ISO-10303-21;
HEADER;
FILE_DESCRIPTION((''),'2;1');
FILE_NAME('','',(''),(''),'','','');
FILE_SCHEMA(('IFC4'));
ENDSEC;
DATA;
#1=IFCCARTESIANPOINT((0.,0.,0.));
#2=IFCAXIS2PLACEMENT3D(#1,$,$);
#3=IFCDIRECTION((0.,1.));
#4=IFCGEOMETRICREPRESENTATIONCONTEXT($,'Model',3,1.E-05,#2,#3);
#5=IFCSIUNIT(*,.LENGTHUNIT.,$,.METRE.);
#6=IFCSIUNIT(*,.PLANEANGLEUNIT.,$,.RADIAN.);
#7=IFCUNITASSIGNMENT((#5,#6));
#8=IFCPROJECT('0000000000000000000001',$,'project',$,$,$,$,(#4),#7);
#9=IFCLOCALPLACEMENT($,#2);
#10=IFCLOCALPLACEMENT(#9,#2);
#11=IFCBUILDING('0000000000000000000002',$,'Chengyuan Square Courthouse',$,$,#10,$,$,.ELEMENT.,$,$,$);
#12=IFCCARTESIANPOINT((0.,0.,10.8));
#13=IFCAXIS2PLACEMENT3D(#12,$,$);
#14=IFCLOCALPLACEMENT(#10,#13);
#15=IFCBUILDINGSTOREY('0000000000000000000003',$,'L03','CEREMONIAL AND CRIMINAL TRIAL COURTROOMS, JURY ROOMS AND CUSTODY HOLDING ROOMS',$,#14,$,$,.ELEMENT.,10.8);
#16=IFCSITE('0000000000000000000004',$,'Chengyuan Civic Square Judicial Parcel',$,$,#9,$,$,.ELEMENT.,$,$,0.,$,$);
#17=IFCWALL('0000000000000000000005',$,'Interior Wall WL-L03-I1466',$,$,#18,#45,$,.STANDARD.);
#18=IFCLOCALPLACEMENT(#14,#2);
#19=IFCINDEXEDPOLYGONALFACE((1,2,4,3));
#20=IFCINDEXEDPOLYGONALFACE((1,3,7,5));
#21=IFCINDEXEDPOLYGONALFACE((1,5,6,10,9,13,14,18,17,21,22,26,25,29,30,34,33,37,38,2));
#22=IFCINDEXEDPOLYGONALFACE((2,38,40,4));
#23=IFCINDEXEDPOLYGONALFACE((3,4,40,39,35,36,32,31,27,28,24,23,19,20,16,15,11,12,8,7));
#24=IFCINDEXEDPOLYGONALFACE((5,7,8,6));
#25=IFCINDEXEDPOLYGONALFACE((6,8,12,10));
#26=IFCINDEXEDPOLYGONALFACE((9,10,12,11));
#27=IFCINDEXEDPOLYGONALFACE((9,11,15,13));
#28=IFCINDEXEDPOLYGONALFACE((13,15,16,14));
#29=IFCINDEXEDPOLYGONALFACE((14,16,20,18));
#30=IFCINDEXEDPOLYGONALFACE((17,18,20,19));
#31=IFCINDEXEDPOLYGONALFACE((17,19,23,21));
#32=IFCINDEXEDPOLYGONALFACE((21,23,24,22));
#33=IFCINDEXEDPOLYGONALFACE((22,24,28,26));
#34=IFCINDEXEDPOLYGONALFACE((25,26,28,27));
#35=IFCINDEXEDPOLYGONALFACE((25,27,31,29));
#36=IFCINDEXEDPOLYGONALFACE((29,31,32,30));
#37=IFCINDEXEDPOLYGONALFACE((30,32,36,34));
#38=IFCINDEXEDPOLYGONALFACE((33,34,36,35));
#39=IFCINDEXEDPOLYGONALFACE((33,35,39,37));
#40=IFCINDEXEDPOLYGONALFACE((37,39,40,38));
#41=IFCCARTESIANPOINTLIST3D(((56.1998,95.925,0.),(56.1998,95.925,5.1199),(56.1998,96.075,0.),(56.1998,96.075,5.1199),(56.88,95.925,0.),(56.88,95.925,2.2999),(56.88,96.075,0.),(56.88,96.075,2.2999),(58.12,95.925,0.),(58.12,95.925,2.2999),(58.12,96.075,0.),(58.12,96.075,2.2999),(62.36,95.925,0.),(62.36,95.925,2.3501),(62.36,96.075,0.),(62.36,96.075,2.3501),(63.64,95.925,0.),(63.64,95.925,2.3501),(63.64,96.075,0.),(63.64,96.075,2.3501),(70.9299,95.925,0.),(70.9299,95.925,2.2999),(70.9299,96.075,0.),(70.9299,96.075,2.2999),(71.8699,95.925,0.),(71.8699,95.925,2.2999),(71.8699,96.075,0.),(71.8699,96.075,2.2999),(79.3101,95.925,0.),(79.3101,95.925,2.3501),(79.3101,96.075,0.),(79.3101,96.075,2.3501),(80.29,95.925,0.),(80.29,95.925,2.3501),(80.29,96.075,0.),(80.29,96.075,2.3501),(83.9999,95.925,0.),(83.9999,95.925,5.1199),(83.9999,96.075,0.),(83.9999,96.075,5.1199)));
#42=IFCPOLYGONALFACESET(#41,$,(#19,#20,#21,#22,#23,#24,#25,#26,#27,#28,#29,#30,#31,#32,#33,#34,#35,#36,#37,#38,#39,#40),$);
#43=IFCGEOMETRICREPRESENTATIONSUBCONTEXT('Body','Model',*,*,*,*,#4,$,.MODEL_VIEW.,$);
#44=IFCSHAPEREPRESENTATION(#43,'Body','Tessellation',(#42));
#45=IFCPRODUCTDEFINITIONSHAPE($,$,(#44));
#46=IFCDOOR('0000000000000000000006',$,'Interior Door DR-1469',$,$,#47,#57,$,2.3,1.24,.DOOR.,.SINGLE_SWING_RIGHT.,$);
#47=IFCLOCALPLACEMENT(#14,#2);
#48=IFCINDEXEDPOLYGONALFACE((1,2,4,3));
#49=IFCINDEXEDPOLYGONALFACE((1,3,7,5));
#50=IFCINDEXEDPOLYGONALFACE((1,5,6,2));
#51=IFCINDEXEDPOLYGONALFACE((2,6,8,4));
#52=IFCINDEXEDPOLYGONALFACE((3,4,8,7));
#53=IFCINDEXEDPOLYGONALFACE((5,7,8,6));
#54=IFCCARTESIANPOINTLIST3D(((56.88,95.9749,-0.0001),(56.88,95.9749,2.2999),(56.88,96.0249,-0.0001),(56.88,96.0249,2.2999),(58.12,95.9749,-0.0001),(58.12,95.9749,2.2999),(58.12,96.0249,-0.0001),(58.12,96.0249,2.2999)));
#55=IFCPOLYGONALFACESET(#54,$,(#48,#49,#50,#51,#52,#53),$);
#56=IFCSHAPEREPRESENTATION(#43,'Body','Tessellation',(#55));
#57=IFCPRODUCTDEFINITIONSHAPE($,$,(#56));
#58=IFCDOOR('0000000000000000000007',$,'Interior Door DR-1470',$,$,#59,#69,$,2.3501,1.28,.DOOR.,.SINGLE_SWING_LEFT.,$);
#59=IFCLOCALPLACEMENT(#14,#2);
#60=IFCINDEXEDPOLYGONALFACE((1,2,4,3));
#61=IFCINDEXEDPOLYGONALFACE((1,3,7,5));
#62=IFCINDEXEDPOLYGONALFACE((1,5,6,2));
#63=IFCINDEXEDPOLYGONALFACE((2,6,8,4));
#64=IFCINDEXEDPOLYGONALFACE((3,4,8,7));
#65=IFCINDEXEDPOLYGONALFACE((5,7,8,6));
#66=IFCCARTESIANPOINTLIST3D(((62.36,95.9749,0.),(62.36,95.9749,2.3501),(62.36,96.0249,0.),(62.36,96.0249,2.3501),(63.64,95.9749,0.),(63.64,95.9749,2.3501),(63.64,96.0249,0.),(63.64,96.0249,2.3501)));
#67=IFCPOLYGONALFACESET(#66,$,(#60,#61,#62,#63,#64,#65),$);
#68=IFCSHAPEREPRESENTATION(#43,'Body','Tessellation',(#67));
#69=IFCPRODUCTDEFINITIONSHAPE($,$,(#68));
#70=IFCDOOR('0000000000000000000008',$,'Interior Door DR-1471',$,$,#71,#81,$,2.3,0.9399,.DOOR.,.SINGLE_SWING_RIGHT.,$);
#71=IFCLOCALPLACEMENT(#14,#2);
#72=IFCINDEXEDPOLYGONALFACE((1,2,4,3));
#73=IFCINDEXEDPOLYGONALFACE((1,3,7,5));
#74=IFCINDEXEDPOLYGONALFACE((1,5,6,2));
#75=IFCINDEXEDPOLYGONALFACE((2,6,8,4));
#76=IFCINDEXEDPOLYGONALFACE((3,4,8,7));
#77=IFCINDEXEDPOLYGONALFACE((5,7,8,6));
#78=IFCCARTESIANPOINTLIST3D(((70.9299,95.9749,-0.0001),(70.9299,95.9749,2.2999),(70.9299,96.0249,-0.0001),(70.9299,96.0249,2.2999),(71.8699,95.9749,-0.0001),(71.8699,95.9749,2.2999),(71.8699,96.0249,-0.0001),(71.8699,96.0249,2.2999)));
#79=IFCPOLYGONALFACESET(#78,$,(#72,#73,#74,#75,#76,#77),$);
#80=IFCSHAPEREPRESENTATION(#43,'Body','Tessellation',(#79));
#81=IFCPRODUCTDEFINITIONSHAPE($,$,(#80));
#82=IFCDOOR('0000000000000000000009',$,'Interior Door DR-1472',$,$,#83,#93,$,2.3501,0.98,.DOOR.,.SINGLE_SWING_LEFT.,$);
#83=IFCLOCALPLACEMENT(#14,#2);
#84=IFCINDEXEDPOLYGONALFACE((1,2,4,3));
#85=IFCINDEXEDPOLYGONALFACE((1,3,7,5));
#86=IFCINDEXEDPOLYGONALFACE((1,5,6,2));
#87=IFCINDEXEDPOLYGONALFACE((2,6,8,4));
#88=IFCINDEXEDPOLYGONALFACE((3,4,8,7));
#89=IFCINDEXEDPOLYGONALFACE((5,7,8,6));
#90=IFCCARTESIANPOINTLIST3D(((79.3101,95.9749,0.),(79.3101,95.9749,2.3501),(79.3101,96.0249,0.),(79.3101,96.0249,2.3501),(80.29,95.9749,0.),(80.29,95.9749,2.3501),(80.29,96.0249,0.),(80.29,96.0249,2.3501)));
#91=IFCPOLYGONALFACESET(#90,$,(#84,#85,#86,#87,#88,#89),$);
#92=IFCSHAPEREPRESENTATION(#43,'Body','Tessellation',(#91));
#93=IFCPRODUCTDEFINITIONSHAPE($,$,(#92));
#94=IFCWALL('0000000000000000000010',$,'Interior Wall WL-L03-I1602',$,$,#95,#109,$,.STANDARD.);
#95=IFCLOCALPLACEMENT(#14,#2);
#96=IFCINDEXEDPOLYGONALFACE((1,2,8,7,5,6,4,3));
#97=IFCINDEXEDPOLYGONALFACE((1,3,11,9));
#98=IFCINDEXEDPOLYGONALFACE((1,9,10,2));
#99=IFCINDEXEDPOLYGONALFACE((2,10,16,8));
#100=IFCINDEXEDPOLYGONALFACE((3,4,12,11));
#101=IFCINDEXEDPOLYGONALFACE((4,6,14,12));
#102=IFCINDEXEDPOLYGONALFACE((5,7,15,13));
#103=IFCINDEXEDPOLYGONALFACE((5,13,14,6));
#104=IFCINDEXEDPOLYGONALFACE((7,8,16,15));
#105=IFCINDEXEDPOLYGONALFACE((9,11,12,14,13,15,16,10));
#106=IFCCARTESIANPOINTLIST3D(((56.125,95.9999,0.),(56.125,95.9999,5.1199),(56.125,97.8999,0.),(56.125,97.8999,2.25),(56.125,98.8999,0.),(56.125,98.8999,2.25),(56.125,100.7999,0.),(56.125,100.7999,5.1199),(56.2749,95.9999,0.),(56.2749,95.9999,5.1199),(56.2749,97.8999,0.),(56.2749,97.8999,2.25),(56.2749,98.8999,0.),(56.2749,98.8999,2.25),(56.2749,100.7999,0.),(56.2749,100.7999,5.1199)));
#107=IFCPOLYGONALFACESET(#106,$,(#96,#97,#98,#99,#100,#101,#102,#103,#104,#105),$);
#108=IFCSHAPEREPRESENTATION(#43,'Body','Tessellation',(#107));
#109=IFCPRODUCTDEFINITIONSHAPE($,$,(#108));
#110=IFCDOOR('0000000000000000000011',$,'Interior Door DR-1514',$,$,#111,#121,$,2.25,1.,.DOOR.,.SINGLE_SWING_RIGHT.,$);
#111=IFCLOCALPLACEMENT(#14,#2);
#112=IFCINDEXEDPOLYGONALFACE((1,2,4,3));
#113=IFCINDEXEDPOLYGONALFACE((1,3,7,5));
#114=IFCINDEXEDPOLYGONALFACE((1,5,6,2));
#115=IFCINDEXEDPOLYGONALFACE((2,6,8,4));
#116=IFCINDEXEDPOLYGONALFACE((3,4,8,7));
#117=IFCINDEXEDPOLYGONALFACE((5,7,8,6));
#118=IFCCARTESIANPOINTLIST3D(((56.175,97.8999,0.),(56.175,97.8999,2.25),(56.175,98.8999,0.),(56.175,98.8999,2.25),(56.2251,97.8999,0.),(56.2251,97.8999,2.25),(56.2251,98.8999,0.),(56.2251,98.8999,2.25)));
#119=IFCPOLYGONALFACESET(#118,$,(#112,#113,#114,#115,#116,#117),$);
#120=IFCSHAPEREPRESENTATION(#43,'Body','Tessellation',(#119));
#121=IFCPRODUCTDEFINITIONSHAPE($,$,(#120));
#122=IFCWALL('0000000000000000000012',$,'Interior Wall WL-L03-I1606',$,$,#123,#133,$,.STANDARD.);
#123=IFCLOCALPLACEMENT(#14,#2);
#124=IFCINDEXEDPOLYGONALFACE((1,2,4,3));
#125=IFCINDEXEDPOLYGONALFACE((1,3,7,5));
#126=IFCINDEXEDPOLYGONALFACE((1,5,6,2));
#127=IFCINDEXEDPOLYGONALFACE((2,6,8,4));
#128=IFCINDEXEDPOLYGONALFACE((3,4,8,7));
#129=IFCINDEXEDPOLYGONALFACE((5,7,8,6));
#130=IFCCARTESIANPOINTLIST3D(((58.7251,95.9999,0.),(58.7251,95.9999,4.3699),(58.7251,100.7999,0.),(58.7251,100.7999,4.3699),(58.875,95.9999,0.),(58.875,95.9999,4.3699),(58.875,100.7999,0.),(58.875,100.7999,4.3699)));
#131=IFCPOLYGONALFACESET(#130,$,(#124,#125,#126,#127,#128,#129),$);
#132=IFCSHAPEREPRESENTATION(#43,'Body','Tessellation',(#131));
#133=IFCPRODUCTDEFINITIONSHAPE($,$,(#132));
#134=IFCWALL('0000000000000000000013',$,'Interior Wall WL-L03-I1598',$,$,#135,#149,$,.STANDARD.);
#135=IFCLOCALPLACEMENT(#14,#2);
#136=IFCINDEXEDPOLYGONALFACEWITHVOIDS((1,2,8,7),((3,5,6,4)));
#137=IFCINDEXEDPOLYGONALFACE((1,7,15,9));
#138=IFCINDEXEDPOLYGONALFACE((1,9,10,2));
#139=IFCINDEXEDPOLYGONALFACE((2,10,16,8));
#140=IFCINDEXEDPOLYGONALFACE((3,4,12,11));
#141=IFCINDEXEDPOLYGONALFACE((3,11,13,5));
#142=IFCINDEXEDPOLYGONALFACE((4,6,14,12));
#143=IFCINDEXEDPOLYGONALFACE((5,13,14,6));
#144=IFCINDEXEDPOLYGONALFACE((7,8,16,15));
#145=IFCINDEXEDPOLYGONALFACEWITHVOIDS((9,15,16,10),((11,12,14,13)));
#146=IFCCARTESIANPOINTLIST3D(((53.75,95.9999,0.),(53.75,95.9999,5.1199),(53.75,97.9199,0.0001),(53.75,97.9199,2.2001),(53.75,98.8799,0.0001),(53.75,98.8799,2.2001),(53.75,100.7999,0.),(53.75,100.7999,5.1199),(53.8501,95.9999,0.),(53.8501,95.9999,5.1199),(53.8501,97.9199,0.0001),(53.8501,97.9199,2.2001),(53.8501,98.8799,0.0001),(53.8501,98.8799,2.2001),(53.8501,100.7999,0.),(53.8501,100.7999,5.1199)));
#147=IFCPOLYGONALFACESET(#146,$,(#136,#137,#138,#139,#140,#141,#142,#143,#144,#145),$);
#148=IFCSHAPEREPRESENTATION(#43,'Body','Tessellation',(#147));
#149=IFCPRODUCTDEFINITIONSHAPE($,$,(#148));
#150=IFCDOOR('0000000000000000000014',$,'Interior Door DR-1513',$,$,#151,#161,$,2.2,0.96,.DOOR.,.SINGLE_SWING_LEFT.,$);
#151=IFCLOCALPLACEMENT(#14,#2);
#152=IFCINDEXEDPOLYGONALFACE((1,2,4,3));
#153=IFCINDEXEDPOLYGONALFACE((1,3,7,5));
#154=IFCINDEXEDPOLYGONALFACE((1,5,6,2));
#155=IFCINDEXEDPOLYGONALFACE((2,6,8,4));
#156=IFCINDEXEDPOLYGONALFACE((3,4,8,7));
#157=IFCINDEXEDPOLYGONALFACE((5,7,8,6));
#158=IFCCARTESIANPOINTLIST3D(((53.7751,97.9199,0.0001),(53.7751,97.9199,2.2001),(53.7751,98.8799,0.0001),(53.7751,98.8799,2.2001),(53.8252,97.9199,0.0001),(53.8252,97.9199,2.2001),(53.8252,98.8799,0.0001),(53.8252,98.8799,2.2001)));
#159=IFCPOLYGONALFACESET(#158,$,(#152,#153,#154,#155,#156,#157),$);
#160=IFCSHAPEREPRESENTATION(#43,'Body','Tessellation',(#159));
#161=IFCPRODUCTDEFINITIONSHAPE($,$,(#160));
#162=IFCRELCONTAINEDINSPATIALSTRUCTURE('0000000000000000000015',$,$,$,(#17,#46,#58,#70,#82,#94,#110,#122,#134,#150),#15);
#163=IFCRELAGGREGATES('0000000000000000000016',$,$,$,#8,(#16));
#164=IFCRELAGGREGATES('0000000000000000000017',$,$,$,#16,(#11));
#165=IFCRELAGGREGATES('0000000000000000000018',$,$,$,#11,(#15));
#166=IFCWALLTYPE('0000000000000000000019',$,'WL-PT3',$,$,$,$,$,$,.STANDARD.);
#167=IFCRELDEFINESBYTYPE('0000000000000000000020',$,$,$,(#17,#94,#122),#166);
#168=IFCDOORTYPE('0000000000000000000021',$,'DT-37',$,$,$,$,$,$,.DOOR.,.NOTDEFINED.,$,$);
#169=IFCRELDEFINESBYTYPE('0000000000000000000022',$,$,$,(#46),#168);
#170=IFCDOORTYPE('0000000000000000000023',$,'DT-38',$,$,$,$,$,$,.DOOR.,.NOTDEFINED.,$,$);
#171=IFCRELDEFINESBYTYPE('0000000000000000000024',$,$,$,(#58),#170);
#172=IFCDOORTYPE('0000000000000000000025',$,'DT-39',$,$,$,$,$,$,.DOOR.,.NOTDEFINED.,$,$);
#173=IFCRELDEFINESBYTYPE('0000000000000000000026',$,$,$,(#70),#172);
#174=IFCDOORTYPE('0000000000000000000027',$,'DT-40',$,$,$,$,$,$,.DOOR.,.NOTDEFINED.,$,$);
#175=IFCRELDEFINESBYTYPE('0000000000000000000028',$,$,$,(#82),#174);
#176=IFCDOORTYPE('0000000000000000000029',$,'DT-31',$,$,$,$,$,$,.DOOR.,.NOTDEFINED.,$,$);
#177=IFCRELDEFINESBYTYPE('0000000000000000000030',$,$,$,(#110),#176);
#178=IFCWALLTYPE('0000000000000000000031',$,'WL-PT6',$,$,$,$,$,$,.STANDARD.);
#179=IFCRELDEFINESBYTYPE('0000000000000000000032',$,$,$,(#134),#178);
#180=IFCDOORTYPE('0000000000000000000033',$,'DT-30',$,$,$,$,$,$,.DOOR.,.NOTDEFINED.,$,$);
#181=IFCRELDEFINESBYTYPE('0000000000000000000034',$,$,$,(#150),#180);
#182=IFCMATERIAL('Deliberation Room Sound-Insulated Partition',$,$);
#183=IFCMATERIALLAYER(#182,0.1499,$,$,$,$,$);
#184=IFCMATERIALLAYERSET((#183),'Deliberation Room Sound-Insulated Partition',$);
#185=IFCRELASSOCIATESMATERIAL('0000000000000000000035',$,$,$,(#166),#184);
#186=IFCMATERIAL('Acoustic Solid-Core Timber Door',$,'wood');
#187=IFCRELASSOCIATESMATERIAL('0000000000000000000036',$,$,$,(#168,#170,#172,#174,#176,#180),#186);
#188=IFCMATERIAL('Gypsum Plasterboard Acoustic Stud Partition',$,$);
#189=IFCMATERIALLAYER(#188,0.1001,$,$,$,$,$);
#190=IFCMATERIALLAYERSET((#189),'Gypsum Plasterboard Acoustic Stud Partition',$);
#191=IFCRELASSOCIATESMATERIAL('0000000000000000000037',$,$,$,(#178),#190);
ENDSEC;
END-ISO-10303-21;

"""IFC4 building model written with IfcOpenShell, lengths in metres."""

from ifc_helpers import new_model, si_unit, direction, frame, frame_2d, origin, place, context, subcontext, project, spatial, rectangle, extrude, material, layer, layer_set, type_object, element, fill, save


model = new_model("IFC4")

# Units and contexts
model_context = context("Model", 3, precision=1e-05, world=origin(), true_north=direction((0.0, 1.0)))
body_context = subcontext(model_context, "Body", "Model", "MODEL_VIEW")
ifc_project = project(units=[si_unit("LENGTHUNIT", "METRE"), si_unit("PLANEANGLEUNIT", "RADIAN")], contexts=[model_context])

# Site, building, storey
site_placement = place(None, origin())
site = spatial("IfcSite", under=ifc_project, at=site_placement, Name="Chengyuan Civic Square Judicial Parcel", CompositionType="ELEMENT", RefElevation=0.0)
building_placement = place(site_placement, origin())
building = spatial("IfcBuilding", under=site, at=building_placement, Name="Chengyuan Square Courthouse", CompositionType="ELEMENT")
storey_placement = place(building_placement, frame((0.0, 0.0, 10.8)))
storey = spatial("IfcBuildingStorey", under=building, at=storey_placement, Name="L03", Description="CEREMONIAL AND CRIMINAL TRIAL COURTROOMS, JURY ROOMS AND CUSTODY HOLDING ROOMS", CompositionType="ELEMENT", Elevation=10.8)

# Wall, openings, doors
ifc_material_1 = material(Name="Deliberation Room Sound-Insulated Partition")
ifc_layer_1 = layer(ifc_material_1, 0.1499)
ifc_layer_set_1 = layer_set([ifc_layer_1], Name="Deliberation Room Sound-Insulated Partition")
wall_type_1 = type_object("IfcWallType", Name="WL-PT3", PredefinedType="STANDARD", material=ifc_layer_set_1)
wall_1_placement = place(storey_placement, frame((56.2, 96.0, 0.0), z_axis=(0.0, 0.0, 1.0), x_axis=(1.0, 0.0, 0.0)))
wall_1 = element("IfcWall", 1, at=wall_1_placement, inside=storey, type_object=wall_type_1, Name="Interior Wall WL-L03-I1466", PredefinedType="STANDARD", context=body_context, shape_type="SweptSolid", body=[
    extrude(rectangle(XDim=27.8, YDim=0.1499, at=frame_2d((13.8999, 0.0))), origin(), (0.0, 0.0, 1.0), 5.1199),
])
opening_1_placement = place(wall_1_placement, frame((0.6799, 0.0, 0.0)))
opening_1 = element("IfcOpeningElement", 2, at=opening_1_placement, cuts=wall_1, PredefinedType="OPENING", context=body_context, shape_type="SweptSolid", body=[
    extrude(rectangle(XDim=1.24, YDim=2.3, at=frame_2d((0.6201, 1.1499))), frame((0.0, 0.0869, 0.0), z_axis=(0.0, -1.0, 0.0), x_axis=(1.0, 0.0, 0.0)), (0.0, 0.0, 1.0), 0.1738),
])
opening_2_placement = place(wall_1_placement, frame((6.1599, 0.0, 0.0)))
opening_2 = element("IfcOpeningElement", 3, at=opening_2_placement, cuts=wall_1, PredefinedType="OPENING", context=body_context, shape_type="SweptSolid", body=[
    extrude(rectangle(XDim=1.28, YDim=2.3501, at=frame_2d((0.6401, 1.175))), frame((0.0, 0.0869, 0.0), z_axis=(0.0, -1.0, 0.0), x_axis=(1.0, 0.0, 0.0)), (0.0, 0.0, 1.0), 0.1738),
])
opening_3_placement = place(wall_1_placement, frame((14.73, 0.0, 0.0)))
opening_3 = element("IfcOpeningElement", 4, at=opening_3_placement, cuts=wall_1, PredefinedType="OPENING", context=body_context, shape_type="SweptSolid", body=[
    extrude(rectangle(XDim=0.9399, YDim=2.3, at=frame_2d((0.47, 1.1499))), frame((0.0, 0.0869, 0.0), z_axis=(0.0, -1.0, 0.0), x_axis=(1.0, 0.0, 0.0)), (0.0, 0.0, 1.0), 0.1738),
])
opening_4_placement = place(wall_1_placement, frame((23.1101, 0.0, 0.0)))
opening_4 = element("IfcOpeningElement", 5, at=opening_4_placement, cuts=wall_1, PredefinedType="OPENING", context=body_context, shape_type="SweptSolid", body=[
    extrude(rectangle(XDim=0.98, YDim=2.3501, at=frame_2d((0.49, 1.175))), frame((0.0, 0.0869, 0.0), z_axis=(0.0, -1.0, 0.0), x_axis=(1.0, 0.0, 0.0)), (0.0, 0.0, 1.0), 0.1738),
])
ifc_material_2 = material(Name="Acoustic Solid-Core Timber Door", Category="wood")
door_type_1 = type_object("IfcDoorType", Name="DT-37", OperationType="NOTDEFINED", PredefinedType="DOOR", material=ifc_material_2)
door_1_placement = place(opening_1_placement, origin())
door_1 = element("IfcDoor", 6, at=door_1_placement, inside=storey, type_object=door_type_1, Name="Interior Door DR-1469", OperationType="SINGLE_SWING_RIGHT", OverallHeight=2.3, OverallWidth=1.24, PredefinedType="DOOR", context=body_context, shape_type="SweptSolid", body=[
    extrude(rectangle(XDim=1.24, YDim=2.3, at=frame_2d((0.6201, 1.1499))), frame((0.0, 0.0249, 0.0), z_axis=(0.0, -1.0, 0.0), x_axis=(1.0, 0.0, 0.0)), (0.0, 0.0, 1.0), 0.05),
])
fill(opening_1, door_1)
door_type_2 = type_object("IfcDoorType", Name="DT-38", OperationType="NOTDEFINED", PredefinedType="DOOR", material=ifc_material_2)
door_2_placement = place(opening_2_placement, origin())
door_2 = element("IfcDoor", 7, at=door_2_placement, inside=storey, type_object=door_type_2, Name="Interior Door DR-1470", OperationType="SINGLE_SWING_LEFT", OverallHeight=2.3501, OverallWidth=1.28, PredefinedType="DOOR", context=body_context, shape_type="SweptSolid", body=[
    extrude(rectangle(XDim=1.28, YDim=2.3501, at=frame_2d((0.6401, 1.175))), frame((0.0, 0.0249, 0.0), z_axis=(0.0, -1.0, 0.0), x_axis=(1.0, 0.0, 0.0)), (0.0, 0.0, 1.0), 0.05),
])
fill(opening_2, door_2)
door_type_3 = type_object("IfcDoorType", Name="DT-39", OperationType="NOTDEFINED", PredefinedType="DOOR", material=ifc_material_2)
door_3_placement = place(opening_3_placement, origin())
door_3 = element("IfcDoor", 8, at=door_3_placement, inside=storey, type_object=door_type_3, Name="Interior Door DR-1471", OperationType="SINGLE_SWING_RIGHT", OverallHeight=2.3, OverallWidth=0.9399, PredefinedType="DOOR", context=body_context, shape_type="SweptSolid", body=[
    extrude(rectangle(XDim=0.9399, YDim=2.3, at=frame_2d((0.47, 1.1499))), frame((0.0, 0.0249, 0.0), z_axis=(0.0, -1.0, 0.0), x_axis=(1.0, 0.0, 0.0)), (0.0, 0.0, 1.0), 0.05),
])
fill(opening_3, door_3)
door_type_4 = type_object("IfcDoorType", Name="DT-40", OperationType="NOTDEFINED", PredefinedType="DOOR", material=ifc_material_2)
door_4_placement = place(opening_4_placement, origin())
door_4 = element("IfcDoor", 9, at=door_4_placement, inside=storey, type_object=door_type_4, Name="Interior Door DR-1472", OperationType="SINGLE_SWING_LEFT", OverallHeight=2.3501, OverallWidth=0.98, PredefinedType="DOOR", context=body_context, shape_type="SweptSolid", body=[
    extrude(rectangle(XDim=0.98, YDim=2.3501, at=frame_2d((0.49, 1.175))), frame((0.0, 0.0249, 0.0), z_axis=(0.0, -1.0, 0.0), x_axis=(1.0, 0.0, 0.0)), (0.0, 0.0, 1.0), 0.05),
])
fill(opening_4, door_4)

# Wall, opening, door
wall_2_placement = place(storey_placement, frame((56.2, 96.0, 0.0), z_axis=(0.0, 0.0, 1.0), x_axis=(0.0, 1.0, 0.0)))
wall_2 = element("IfcWall", 10, at=wall_2_placement, inside=storey, type_object=wall_type_1, Name="Interior Wall WL-L03-I1602", PredefinedType="STANDARD", context=body_context, shape_type="SweptSolid", body=[
    extrude(rectangle(XDim=4.8, YDim=0.1499, at=frame_2d((2.3999, 0.0))), origin(), (0.0, 0.0, 1.0), 5.1199),
])
opening_5_placement = place(wall_2_placement, frame((1.8999, 0.0, 0.0)))
opening_5 = element("IfcOpeningElement", 11, at=opening_5_placement, cuts=wall_2, PredefinedType="OPENING", context=body_context, shape_type="SweptSolid", body=[
    extrude(rectangle(XDim=1.0, YDim=2.25, at=frame_2d((0.5, 1.125))), frame((0.0, 0.0869, 0.0), z_axis=(0.0, -1.0, 0.0), x_axis=(1.0, 0.0, 0.0)), (0.0, 0.0, 1.0), 0.1738),
])
door_type_5 = type_object("IfcDoorType", Name="DT-31", OperationType="NOTDEFINED", PredefinedType="DOOR", material=ifc_material_2)
door_5_placement = place(opening_5_placement, origin())
door_5 = element("IfcDoor", 12, at=door_5_placement, inside=storey, type_object=door_type_5, Name="Interior Door DR-1514", OperationType="SINGLE_SWING_RIGHT", OverallHeight=2.25, OverallWidth=1.0, PredefinedType="DOOR", context=body_context, shape_type="SweptSolid", body=[
    extrude(rectangle(XDim=1.0, YDim=2.25, at=frame_2d((0.5, 1.125))), frame((0.0, 0.0249, 0.0), z_axis=(0.0, -1.0, 0.0), x_axis=(1.0, 0.0, 0.0)), (0.0, 0.0, 1.0), 0.05),
])
fill(opening_5, door_5)

# Wall
wall_3_placement = place(storey_placement, frame((58.8, 96.0, 0.0), z_axis=(0.0, 0.0, 1.0), x_axis=(0.0, 1.0, 0.0)))
element("IfcWall", 13, at=wall_3_placement, inside=storey, type_object=wall_type_1, Name="Interior Wall WL-L03-I1606", PredefinedType="STANDARD", context=body_context, shape_type="SweptSolid", body=[
    extrude(rectangle(XDim=4.8, YDim=0.1499, at=frame_2d((2.3999, 0.0))), origin(), (0.0, 0.0, 1.0), 4.3699),
])

# Wall, opening, door
ifc_material_3 = material(Name="Gypsum Plasterboard Acoustic Stud Partition")
ifc_layer_2 = layer(ifc_material_3, 0.1001)
ifc_layer_set_2 = layer_set([ifc_layer_2], Name="Gypsum Plasterboard Acoustic Stud Partition")
wall_type_2 = type_object("IfcWallType", Name="WL-PT6", PredefinedType="STANDARD", material=ifc_layer_set_2)
wall_4_placement = place(storey_placement, frame((53.8, 96.0, 0.0), z_axis=(0.0, 0.0, 1.0), x_axis=(0.0, 1.0, 0.0)))
wall_4 = element("IfcWall", 14, at=wall_4_placement, inside=storey, type_object=wall_type_2, Name="Interior Wall WL-L03-I1598", PredefinedType="STANDARD", context=body_context, shape_type="SweptSolid", body=[
    extrude(rectangle(XDim=4.8, YDim=0.1001, at=frame_2d((2.3999, 0.0))), origin(), (0.0, 0.0, 1.0), 5.1199),
])
opening_6_placement = place(wall_4_placement, frame((1.9199, 0.0, 0.0)))
opening_6 = element("IfcOpeningElement", 15, at=opening_6_placement, cuts=wall_4, PredefinedType="OPENING", context=body_context, shape_type="SweptSolid", body=[
    extrude(rectangle(XDim=0.96, YDim=2.2, at=frame_2d((0.48, 1.1001))), frame((0.0, 0.062, 0.0), z_axis=(0.0, -1.0, 0.0), x_axis=(1.0, 0.0, 0.0)), (0.0, 0.0, 1.0), 0.124),
])
door_type_6 = type_object("IfcDoorType", Name="DT-30", OperationType="NOTDEFINED", PredefinedType="DOOR", material=ifc_material_2)
door_6_placement = place(opening_6_placement, origin())
door_6 = element("IfcDoor", 16, at=door_6_placement, inside=storey, type_object=door_type_6, Name="Interior Door DR-1513", OperationType="SINGLE_SWING_LEFT", OverallHeight=2.2, OverallWidth=0.96, PredefinedType="DOOR", context=body_context, shape_type="SweptSolid", body=[
    extrude(rectangle(XDim=0.96, YDim=2.2, at=frame_2d((0.48, 1.1001))), frame((0.0, 0.0249, 0.0), z_axis=(0.0, -1.0, 0.0), x_axis=(1.0, 0.0, 0.0)), (0.0, 0.0, 1.0), 0.05),
])
fill(opening_6, door_6)

save(model, "model.ifc")
